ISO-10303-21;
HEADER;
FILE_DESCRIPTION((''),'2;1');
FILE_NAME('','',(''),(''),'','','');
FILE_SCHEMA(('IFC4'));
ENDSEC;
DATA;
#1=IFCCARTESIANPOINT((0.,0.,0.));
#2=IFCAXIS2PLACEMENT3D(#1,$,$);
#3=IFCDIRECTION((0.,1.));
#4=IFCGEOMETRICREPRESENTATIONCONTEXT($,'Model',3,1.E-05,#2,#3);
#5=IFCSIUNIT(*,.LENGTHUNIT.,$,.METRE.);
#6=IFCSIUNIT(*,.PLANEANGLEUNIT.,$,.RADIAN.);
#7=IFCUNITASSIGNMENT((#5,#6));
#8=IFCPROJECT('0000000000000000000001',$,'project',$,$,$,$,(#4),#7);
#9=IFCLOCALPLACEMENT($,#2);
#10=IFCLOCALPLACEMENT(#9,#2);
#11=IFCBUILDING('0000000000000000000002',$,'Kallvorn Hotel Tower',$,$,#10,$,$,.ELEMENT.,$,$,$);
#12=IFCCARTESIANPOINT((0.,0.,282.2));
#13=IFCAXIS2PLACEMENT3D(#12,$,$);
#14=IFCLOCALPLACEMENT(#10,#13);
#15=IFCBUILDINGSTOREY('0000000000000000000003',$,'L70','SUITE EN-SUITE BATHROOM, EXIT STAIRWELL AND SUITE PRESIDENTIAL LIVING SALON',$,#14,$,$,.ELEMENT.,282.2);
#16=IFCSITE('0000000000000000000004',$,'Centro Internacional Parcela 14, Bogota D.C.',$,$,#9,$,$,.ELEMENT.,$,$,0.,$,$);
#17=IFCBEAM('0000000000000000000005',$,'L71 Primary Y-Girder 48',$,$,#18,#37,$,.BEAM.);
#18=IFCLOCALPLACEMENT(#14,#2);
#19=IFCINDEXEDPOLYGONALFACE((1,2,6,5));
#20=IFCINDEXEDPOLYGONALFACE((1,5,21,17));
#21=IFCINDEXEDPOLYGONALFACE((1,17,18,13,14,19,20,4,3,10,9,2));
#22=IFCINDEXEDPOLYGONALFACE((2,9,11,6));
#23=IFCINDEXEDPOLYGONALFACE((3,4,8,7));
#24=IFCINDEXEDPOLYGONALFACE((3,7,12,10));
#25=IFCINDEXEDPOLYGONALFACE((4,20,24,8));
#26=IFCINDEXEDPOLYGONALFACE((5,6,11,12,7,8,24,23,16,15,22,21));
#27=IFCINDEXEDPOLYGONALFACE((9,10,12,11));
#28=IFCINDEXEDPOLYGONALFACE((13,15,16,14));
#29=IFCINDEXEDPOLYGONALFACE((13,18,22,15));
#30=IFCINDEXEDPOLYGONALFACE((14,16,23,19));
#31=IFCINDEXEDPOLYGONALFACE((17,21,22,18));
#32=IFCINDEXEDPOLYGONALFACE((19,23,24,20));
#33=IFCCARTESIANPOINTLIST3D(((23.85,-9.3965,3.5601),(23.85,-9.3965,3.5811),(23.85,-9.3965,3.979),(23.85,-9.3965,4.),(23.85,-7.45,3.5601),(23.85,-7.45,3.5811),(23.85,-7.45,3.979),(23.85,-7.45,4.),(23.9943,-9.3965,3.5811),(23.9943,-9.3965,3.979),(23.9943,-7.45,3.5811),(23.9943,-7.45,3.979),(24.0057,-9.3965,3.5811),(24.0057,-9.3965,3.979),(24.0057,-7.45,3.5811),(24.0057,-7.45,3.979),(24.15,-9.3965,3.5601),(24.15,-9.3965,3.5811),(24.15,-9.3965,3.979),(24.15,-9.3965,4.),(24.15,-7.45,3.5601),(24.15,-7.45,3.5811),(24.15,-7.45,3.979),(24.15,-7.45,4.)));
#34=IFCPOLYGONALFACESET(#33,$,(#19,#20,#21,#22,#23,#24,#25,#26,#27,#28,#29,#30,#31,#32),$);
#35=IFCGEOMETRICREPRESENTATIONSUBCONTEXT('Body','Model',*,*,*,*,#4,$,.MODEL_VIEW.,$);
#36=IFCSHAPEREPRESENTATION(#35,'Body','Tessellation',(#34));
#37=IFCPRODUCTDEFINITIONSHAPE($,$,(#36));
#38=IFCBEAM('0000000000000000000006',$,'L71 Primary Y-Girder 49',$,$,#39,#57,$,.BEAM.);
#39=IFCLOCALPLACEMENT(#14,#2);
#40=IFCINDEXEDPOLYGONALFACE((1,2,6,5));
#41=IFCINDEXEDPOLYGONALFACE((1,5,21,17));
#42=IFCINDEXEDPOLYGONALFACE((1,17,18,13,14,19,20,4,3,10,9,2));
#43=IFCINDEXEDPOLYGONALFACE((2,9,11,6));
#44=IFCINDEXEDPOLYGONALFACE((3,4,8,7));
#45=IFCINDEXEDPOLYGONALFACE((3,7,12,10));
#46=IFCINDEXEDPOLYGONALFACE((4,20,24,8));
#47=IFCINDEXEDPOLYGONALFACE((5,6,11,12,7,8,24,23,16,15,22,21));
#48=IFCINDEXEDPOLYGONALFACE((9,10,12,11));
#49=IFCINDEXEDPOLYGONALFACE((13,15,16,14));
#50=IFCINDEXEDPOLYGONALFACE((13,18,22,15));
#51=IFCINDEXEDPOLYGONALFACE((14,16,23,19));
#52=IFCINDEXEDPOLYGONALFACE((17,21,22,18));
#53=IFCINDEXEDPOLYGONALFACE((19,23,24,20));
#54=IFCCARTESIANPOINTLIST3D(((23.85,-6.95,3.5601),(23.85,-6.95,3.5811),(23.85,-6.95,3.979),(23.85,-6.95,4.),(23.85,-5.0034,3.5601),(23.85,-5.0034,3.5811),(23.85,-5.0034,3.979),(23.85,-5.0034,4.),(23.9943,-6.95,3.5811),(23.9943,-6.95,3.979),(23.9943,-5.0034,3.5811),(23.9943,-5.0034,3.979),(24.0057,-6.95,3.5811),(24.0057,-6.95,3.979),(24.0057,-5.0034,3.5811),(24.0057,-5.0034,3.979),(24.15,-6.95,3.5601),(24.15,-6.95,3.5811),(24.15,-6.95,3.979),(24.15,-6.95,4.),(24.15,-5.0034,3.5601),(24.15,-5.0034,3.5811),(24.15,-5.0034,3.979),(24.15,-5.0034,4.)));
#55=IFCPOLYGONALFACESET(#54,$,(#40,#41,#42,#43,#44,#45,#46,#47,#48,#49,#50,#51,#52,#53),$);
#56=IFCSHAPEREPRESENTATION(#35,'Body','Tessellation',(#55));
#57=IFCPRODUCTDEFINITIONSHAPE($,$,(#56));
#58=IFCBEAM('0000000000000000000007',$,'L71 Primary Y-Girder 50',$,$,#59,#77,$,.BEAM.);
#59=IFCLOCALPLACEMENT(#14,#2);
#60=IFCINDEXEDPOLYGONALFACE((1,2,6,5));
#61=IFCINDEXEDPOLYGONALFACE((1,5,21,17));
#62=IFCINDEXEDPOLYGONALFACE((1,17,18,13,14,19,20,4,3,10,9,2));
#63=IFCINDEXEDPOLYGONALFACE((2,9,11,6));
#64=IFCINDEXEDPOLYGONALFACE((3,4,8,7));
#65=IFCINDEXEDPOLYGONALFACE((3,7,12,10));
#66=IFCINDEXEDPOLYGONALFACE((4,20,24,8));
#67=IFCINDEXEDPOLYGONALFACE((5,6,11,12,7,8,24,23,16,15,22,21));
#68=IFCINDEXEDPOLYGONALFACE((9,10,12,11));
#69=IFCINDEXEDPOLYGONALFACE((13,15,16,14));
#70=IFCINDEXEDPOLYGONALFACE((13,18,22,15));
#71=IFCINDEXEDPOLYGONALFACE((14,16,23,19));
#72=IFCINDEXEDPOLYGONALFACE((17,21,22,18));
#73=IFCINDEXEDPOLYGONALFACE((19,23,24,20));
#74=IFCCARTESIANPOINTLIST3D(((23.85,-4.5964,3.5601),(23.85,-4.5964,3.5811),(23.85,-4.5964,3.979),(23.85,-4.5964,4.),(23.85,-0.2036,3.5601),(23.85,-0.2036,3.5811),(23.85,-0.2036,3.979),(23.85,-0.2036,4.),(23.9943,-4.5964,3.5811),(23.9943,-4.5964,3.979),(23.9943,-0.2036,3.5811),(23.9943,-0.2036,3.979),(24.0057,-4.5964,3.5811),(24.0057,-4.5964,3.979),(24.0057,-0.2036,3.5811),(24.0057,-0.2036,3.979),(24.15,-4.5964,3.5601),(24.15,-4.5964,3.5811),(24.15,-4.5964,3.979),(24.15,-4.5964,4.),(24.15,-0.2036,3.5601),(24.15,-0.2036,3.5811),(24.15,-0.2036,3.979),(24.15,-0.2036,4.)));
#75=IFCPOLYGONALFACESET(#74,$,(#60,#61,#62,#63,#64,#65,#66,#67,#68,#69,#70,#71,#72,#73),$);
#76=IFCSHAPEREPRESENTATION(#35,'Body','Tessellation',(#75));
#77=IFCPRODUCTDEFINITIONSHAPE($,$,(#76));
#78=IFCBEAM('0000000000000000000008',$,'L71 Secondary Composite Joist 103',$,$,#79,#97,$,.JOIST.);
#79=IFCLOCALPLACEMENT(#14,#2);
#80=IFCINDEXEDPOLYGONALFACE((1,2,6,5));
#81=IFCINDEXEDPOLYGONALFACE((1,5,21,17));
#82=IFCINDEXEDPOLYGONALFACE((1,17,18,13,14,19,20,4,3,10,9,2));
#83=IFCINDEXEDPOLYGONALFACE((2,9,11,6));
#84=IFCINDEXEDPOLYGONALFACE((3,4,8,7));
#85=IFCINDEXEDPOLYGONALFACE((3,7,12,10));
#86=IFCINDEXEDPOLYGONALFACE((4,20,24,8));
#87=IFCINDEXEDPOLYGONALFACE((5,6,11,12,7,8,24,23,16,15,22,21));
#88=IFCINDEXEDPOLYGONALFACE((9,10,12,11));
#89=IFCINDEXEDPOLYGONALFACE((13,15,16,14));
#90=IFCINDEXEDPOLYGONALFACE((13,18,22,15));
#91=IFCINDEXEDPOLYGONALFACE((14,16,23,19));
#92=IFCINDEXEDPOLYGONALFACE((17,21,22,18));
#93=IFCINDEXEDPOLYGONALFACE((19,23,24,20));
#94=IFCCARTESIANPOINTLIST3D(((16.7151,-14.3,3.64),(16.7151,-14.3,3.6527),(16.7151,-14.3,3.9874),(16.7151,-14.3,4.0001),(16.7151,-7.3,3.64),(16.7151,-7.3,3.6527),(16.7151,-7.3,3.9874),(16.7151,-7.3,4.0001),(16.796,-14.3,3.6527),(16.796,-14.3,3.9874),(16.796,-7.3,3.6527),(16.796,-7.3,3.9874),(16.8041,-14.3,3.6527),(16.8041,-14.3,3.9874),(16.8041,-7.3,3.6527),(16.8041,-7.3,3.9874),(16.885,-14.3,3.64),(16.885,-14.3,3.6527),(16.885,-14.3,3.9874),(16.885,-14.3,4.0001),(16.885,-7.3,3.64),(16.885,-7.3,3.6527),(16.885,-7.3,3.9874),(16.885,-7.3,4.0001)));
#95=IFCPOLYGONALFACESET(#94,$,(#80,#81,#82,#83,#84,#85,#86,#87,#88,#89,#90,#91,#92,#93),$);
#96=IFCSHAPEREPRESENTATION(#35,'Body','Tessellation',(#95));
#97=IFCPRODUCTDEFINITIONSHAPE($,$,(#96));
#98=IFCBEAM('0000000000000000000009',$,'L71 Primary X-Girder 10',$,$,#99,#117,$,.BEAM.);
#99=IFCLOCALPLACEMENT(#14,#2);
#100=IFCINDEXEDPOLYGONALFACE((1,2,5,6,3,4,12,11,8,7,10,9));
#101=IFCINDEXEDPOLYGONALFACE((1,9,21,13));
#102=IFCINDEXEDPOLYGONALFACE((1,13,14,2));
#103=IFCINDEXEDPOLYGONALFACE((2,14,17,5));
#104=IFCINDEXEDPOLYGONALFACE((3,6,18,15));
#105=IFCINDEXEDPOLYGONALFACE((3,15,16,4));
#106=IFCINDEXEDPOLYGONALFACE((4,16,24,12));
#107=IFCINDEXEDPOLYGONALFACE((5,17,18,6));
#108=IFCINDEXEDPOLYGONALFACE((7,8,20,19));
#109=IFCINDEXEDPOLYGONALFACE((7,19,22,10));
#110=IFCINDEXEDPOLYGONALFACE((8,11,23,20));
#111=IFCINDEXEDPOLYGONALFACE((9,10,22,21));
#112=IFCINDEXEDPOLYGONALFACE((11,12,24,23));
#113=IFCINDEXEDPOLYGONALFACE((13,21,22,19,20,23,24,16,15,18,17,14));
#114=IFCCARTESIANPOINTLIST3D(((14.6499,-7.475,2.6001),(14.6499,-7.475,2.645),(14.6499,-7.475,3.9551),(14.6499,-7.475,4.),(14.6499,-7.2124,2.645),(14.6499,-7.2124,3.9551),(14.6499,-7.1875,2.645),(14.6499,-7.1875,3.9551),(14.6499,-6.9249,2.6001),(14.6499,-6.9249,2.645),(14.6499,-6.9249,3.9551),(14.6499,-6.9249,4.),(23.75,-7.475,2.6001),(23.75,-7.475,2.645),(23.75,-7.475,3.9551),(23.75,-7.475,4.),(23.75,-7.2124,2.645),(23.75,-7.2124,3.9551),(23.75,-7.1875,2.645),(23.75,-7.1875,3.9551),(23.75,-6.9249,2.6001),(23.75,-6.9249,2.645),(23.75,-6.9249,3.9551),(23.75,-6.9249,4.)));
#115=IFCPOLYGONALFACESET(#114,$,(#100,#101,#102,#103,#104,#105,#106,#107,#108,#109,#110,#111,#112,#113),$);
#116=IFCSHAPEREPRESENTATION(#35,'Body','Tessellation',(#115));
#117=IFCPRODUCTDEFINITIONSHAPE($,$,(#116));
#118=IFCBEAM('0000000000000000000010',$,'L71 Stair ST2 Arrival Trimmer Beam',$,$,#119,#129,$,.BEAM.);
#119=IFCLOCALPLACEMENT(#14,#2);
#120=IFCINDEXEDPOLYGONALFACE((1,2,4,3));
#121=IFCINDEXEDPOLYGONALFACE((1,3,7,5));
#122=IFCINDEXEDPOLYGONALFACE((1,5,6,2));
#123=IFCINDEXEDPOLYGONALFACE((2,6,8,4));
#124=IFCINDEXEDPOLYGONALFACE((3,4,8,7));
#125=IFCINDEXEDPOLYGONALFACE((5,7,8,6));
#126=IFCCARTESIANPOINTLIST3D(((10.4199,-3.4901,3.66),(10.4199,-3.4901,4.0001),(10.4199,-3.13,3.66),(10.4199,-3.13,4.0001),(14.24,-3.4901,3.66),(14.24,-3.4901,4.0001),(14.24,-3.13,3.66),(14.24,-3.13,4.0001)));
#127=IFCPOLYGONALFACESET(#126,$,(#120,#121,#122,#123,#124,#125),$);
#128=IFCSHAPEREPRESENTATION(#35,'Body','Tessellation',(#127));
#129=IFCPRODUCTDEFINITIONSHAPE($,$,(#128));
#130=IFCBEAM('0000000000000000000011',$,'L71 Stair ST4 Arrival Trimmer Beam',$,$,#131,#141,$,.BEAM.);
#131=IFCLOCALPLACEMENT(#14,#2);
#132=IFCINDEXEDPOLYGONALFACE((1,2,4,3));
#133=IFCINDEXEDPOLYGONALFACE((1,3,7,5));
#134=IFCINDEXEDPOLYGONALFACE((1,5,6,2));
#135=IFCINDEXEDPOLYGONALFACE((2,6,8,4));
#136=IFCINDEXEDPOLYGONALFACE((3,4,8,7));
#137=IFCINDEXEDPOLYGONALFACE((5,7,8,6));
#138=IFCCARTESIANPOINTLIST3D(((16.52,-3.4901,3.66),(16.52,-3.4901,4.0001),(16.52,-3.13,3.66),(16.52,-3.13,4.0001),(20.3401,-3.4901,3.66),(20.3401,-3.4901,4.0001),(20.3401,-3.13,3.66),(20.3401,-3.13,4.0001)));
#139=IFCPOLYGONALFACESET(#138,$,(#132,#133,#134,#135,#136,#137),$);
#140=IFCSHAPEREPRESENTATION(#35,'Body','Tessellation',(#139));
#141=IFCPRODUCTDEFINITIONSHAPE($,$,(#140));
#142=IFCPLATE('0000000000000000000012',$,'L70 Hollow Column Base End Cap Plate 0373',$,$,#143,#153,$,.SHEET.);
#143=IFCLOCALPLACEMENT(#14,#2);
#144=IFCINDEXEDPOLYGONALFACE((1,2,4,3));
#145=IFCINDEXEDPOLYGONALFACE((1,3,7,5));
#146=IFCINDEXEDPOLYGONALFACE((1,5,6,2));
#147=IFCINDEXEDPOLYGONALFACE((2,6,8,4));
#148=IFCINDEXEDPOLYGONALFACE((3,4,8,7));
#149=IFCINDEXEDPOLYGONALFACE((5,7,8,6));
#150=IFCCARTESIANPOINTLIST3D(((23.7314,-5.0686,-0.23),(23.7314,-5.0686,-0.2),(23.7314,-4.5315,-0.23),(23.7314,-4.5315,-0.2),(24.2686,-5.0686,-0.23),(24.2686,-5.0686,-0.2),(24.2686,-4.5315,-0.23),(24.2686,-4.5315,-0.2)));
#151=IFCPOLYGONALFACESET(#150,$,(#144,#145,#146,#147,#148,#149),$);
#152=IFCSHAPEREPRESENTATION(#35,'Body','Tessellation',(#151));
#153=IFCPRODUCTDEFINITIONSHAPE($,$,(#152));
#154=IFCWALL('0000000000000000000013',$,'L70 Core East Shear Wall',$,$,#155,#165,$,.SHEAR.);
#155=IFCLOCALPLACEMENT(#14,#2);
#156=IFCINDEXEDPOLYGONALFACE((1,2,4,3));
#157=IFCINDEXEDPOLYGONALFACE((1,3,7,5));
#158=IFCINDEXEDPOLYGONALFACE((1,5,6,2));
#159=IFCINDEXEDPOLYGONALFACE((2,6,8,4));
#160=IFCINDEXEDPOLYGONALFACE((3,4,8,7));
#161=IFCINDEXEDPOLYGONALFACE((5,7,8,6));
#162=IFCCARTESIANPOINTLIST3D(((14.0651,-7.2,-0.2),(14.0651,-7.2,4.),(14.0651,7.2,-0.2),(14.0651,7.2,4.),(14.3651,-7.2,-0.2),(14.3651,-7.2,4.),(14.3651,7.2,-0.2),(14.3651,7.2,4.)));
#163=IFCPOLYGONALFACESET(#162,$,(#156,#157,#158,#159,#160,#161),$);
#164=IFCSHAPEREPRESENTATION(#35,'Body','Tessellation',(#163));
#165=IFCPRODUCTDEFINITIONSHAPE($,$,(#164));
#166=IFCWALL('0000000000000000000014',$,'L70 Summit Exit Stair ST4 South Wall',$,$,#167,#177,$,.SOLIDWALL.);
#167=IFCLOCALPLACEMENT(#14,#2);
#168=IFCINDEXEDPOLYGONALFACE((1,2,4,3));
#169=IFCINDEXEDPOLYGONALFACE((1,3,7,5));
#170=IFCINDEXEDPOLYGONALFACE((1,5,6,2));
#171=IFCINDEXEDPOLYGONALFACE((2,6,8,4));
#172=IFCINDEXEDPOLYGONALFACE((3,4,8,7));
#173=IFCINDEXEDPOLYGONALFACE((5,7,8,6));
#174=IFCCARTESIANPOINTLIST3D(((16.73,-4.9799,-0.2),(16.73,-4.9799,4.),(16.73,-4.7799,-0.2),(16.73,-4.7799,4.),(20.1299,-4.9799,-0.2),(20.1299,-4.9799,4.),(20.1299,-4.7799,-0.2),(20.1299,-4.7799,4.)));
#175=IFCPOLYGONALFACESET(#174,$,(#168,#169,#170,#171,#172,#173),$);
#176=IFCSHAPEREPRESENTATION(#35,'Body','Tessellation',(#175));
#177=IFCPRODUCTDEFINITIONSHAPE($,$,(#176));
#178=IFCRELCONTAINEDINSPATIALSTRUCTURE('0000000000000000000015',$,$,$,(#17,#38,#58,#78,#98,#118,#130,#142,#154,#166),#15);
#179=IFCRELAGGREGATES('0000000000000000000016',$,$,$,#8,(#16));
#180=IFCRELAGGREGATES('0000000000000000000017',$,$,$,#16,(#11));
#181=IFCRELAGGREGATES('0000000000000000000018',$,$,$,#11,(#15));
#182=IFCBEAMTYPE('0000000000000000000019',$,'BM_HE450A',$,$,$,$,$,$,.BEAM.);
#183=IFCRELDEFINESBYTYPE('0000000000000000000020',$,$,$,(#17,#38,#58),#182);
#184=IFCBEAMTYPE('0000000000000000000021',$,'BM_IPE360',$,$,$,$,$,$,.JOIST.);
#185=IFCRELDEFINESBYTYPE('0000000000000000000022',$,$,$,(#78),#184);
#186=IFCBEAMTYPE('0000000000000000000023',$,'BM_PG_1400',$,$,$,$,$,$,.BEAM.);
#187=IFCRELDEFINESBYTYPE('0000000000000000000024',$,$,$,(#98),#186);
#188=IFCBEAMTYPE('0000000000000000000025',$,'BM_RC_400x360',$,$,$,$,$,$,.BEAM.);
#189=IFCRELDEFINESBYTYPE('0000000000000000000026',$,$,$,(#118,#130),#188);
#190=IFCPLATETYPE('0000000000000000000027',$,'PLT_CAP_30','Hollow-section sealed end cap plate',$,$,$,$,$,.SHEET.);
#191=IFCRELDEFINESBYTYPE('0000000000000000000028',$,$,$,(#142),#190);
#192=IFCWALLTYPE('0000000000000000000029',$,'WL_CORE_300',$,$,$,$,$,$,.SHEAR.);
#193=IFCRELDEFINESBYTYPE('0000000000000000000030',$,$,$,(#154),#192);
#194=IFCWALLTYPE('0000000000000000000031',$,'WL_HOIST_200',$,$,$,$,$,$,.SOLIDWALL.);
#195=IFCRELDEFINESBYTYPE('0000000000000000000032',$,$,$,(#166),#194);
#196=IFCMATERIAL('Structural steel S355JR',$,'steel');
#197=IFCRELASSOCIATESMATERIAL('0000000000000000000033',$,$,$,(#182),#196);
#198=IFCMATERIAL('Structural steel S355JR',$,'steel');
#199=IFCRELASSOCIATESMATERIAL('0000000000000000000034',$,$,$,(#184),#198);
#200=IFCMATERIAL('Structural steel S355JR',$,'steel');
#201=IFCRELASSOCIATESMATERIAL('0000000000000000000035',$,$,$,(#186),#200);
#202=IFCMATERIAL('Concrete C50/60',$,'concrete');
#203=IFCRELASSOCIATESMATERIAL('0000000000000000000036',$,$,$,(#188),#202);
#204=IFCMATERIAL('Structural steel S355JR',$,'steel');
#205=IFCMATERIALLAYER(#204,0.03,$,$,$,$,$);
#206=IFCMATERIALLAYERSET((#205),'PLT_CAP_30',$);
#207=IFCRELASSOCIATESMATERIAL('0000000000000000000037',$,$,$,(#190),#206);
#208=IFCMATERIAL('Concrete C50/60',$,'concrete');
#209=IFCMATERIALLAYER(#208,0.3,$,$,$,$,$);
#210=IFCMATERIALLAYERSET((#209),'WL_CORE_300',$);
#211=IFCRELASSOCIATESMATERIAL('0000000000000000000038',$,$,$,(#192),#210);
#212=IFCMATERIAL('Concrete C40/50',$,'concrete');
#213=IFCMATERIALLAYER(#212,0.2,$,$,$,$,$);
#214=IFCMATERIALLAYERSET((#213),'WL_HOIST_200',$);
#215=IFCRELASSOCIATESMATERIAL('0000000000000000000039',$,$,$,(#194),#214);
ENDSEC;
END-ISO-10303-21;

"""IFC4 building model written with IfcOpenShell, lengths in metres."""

from ifc_helpers import new_model, si_unit, direction, frame, frame_2d, origin, origin_2d, place, context, subcontext, project, spatial, rectangle, i_section, extrude, material, layer, layer_set, material_profile, profile_set, type_object, element, save


model = new_model("IFC4")

# Units and contexts
model_context = context("Model", 3, precision=1e-05, world=origin(), true_north=direction((0.0, 1.0)))
body_context = subcontext(model_context, "Body", "Model", "MODEL_VIEW")
ifc_project = project(units=[si_unit("LENGTHUNIT", "METRE"), si_unit("PLANEANGLEUNIT", "RADIAN")], contexts=[model_context])

# Site, building, storey
site_placement = place(None, origin())
site = spatial("IfcSite", under=ifc_project, at=site_placement, Name="Centro Internacional Parcela 14, Bogota D.C.", CompositionType="ELEMENT", RefElevation=0.0)
building_placement = place(site_placement, origin())
building = spatial("IfcBuilding", under=site, at=building_placement, Name="Kallvorn Hotel Tower", CompositionType="ELEMENT")
storey_placement = place(building_placement, frame((0.0, 0.0, 282.2)))
storey = spatial("IfcBuildingStorey", under=building, at=storey_placement, Name="L70", Description="SUITE EN-SUITE BATHROOM, EXIT STAIRWELL AND SUITE PRESIDENTIAL LIVING SALON", CompositionType="ELEMENT", Elevation=282.2)

# Beams
ifc_material_1 = material(Name="Structural steel S355JR", Category="steel")
ifc_material_profile_1 = material_profile(ifc_material_1, i_section(OverallWidth=0.3, OverallDepth=0.4399, WebThickness=0.0115, FlangeThickness=0.021, at=origin_2d()), Name="HE 450 A")
ifc_profile_set_1 = profile_set([ifc_material_profile_1], Name="Structural steel S355JR")
beam_type_1 = type_object("IfcBeamType", Name="BM_HE450A", PredefinedType="BEAM", material=ifc_profile_set_1)
for number, where, z_axis, x_axis, name in (
    (1, (24.0, -9.3965, 3.78), (0.0, 1.0, 0.0), (-1.0, 0.0, 0.0), "L71 Primary Y-Girder 48"),
    (2, (24.0, -6.95, 3.78), (0.0, 1.0, 0.0), (-1.0, 0.0, 0.0), "L71 Primary Y-Girder 49"),
):
    element("IfcBeam", number, at=place(storey_placement, frame(where, z_axis=z_axis, x_axis=x_axis)), inside=storey, type_object=beam_type_1, Name=name, PredefinedType="BEAM", context=body_context, shape_type="SweptSolid", body=[
        extrude(i_section(OverallWidth=0.3, OverallDepth=0.4399, WebThickness=0.0115, FlangeThickness=0.021, at=origin_2d()), origin(), (0.0, 0.0, 1.0), 1.9465),
    ])
beam_1_placement = place(storey_placement, frame((24.0, -4.5964, 3.78), z_axis=(0.0, 1.0, 0.0), x_axis=(-1.0, 0.0, 0.0)))
element("IfcBeam", 3, at=beam_1_placement, inside=storey, type_object=beam_type_1, Name="L71 Primary Y-Girder 50", PredefinedType="BEAM", context=body_context, shape_type="SweptSolid", body=[
    extrude(i_section(OverallWidth=0.3, OverallDepth=0.4399, WebThickness=0.0115, FlangeThickness=0.021, at=origin_2d()), origin(), (0.0, 0.0, 1.0), 4.3928),
])
ifc_material_2 = material(Name="Structural steel S355JR", Category="steel")
ifc_material_profile_2 = material_profile(ifc_material_2, i_section(OverallWidth=0.1699, OverallDepth=0.3601, WebThickness=0.0081, FlangeThickness=0.0127, at=origin_2d()), Name="IPE 360")
ifc_profile_set_2 = profile_set([ifc_material_profile_2], Name="Structural steel S355JR")
beam_type_2 = type_object("IfcBeamType", Name="BM_IPE360", PredefinedType="JOIST", material=ifc_profile_set_2)
beam_2_placement = place(storey_placement, frame((16.8, -14.3, 3.8201), z_axis=(0.0, 1.0, 0.0), x_axis=(-1.0, 0.0, 0.0)))
element("IfcBeam", 4, at=beam_2_placement, inside=storey, type_object=beam_type_2, Name="L71 Secondary Composite Joist 103", PredefinedType="JOIST", context=body_context, shape_type="SweptSolid", body=[
    extrude(i_section(OverallWidth=0.1699, OverallDepth=0.3601, WebThickness=0.0081, FlangeThickness=0.0127, at=origin_2d()), origin(), (0.0, 0.0, 1.0), 7.0),
])
ifc_material_3 = material(Name="Structural steel S355JR", Category="steel")
ifc_material_profile_3 = material_profile(ifc_material_3, i_section(OverallWidth=0.55, OverallDepth=1.3999, WebThickness=0.0249, FlangeThickness=0.0449, at=origin_2d()), Name="PG 1400x550x25x45")
ifc_profile_set_3 = profile_set([ifc_material_profile_3], Name="Structural steel S355JR")
beam_type_3 = type_object("IfcBeamType", Name="BM_PG_1400", PredefinedType="BEAM", material=ifc_profile_set_3)
beam_3_placement = place(storey_placement, frame((14.6499, -7.2, 3.3), z_axis=(1.0, 0.0, 0.0), x_axis=(0.0, 1.0, 0.0)))
element("IfcBeam", 5, at=beam_3_placement, inside=storey, type_object=beam_type_3, Name="L71 Primary X-Girder 10", PredefinedType="BEAM", context=body_context, shape_type="SweptSolid", body=[
    extrude(i_section(OverallWidth=0.55, OverallDepth=1.3999, WebThickness=0.0249, FlangeThickness=0.0449, at=origin_2d()), origin(), (0.0, 0.0, 1.0), 9.1001),
])
ifc_material_4 = material(Name="Concrete C50/60", Category="concrete")
ifc_material_profile_4 = material_profile(ifc_material_4, rectangle(XDim=0.3601, YDim=0.3401, at=origin_2d()), Name="RC 360x340")
ifc_profile_set_4 = profile_set([ifc_material_profile_4], Name="Concrete C50/60")
beam_type_4 = type_object("IfcBeamType", Name="BM_RC_400x360", PredefinedType="BEAM", material=ifc_profile_set_4)
for number, where, z_axis, x_axis, name in (
    (6, (14.24, -3.3101, 3.8301), (-1.0, 0.0, 0.0), (0.0, -1.0, 0.0), "L71 Stair ST2 Arrival Trimmer Beam"),
    (7, (20.3401, -3.3101, 3.8301), (-1.0, 0.0, 0.0), (0.0, -1.0, 0.0), "L71 Stair ST4 Arrival Trimmer Beam"),
):
    element("IfcBeam", number, at=place(storey_placement, frame(where, z_axis=z_axis, x_axis=x_axis)), inside=storey, type_object=beam_type_4, Name=name, PredefinedType="BEAM", context=body_context, shape_type="SweptSolid", body=[
        extrude(rectangle(XDim=0.3601, YDim=0.3401, at=origin_2d()), origin(), (0.0, 0.0, 1.0), 3.8201),
    ])

# Plate
ifc_material_5 = material(Name="Structural steel S355JR", Category="steel")
ifc_layer_1 = layer(ifc_material_5, 0.03)
ifc_layer_set_1 = layer_set([ifc_layer_1], Name="PLT_CAP_30")
plate_type = type_object("IfcPlateType", Name="PLT_CAP_30", Description="Hollow-section sealed end cap plate", PredefinedType="SHEET", material=ifc_layer_set_1)
plate_placement = place(storey_placement, frame((24.0, -4.8, -0.23), z_axis=(0.0, 0.0, 1.0), x_axis=(1.0, 0.0, 0.0)))
element("IfcPlate", 8, at=plate_placement, inside=storey, type_object=plate_type, Name="L70 Hollow Column Base End Cap Plate 0373", PredefinedType="SHEET", context=body_context, shape_type="SweptSolid", body=[
    extrude(rectangle(XDim=0.5371, YDim=0.5371, at=origin_2d()), origin(), (0.0, 0.0, 1.0), 0.03),
])

# Walls
ifc_material_6 = material(Name="Concrete C50/60", Category="concrete")
ifc_layer_2 = layer(ifc_material_6, 0.3)
ifc_layer_set_2 = layer_set([ifc_layer_2], Name="WL_CORE_300")
wall_type_1 = type_object("IfcWallType", Name="WL_CORE_300", PredefinedType="SHEAR", material=ifc_layer_set_2)
wall_1_placement = place(storey_placement, frame((14.2151, -7.2, -0.2), z_axis=(0.0, 0.0, 1.0), x_axis=(0.0, 1.0, 0.0)))
element("IfcWall", 9, at=wall_1_placement, inside=storey, type_object=wall_type_1, Name="L70 Core East Shear Wall", PredefinedType="SHEAR", context=body_context, shape_type="SweptSolid", body=[
    extrude(rectangle(XDim=14.3999, YDim=0.3, at=frame_2d((7.2, 0.0))), origin(), (0.0, 0.0, 1.0), 4.2),
])
ifc_material_7 = material(Name="Concrete C40/50", Category="concrete")
ifc_layer_3 = layer(ifc_material_7, 0.2)
ifc_layer_set_3 = layer_set([ifc_layer_3], Name="WL_HOIST_200")
wall_type_2 = type_object("IfcWallType", Name="WL_HOIST_200", PredefinedType="SOLIDWALL", material=ifc_layer_set_3)
wall_2_placement = place(storey_placement, frame((16.73, -4.8799, -0.2), z_axis=(0.0, 0.0, 1.0), x_axis=(1.0, 0.0, 0.0)))
element("IfcWall", 10, at=wall_2_placement, inside=storey, type_object=wall_type_2, Name="L70 Summit Exit Stair ST4 South Wall", PredefinedType="SOLIDWALL", context=body_context, shape_type="SweptSolid", body=[
    extrude(rectangle(XDim=3.3999, YDim=0.2, at=frame_2d((1.7, 0.0))), origin(), (0.0, 0.0, 1.0), 4.2),
])

save(model, "model.ifc")
